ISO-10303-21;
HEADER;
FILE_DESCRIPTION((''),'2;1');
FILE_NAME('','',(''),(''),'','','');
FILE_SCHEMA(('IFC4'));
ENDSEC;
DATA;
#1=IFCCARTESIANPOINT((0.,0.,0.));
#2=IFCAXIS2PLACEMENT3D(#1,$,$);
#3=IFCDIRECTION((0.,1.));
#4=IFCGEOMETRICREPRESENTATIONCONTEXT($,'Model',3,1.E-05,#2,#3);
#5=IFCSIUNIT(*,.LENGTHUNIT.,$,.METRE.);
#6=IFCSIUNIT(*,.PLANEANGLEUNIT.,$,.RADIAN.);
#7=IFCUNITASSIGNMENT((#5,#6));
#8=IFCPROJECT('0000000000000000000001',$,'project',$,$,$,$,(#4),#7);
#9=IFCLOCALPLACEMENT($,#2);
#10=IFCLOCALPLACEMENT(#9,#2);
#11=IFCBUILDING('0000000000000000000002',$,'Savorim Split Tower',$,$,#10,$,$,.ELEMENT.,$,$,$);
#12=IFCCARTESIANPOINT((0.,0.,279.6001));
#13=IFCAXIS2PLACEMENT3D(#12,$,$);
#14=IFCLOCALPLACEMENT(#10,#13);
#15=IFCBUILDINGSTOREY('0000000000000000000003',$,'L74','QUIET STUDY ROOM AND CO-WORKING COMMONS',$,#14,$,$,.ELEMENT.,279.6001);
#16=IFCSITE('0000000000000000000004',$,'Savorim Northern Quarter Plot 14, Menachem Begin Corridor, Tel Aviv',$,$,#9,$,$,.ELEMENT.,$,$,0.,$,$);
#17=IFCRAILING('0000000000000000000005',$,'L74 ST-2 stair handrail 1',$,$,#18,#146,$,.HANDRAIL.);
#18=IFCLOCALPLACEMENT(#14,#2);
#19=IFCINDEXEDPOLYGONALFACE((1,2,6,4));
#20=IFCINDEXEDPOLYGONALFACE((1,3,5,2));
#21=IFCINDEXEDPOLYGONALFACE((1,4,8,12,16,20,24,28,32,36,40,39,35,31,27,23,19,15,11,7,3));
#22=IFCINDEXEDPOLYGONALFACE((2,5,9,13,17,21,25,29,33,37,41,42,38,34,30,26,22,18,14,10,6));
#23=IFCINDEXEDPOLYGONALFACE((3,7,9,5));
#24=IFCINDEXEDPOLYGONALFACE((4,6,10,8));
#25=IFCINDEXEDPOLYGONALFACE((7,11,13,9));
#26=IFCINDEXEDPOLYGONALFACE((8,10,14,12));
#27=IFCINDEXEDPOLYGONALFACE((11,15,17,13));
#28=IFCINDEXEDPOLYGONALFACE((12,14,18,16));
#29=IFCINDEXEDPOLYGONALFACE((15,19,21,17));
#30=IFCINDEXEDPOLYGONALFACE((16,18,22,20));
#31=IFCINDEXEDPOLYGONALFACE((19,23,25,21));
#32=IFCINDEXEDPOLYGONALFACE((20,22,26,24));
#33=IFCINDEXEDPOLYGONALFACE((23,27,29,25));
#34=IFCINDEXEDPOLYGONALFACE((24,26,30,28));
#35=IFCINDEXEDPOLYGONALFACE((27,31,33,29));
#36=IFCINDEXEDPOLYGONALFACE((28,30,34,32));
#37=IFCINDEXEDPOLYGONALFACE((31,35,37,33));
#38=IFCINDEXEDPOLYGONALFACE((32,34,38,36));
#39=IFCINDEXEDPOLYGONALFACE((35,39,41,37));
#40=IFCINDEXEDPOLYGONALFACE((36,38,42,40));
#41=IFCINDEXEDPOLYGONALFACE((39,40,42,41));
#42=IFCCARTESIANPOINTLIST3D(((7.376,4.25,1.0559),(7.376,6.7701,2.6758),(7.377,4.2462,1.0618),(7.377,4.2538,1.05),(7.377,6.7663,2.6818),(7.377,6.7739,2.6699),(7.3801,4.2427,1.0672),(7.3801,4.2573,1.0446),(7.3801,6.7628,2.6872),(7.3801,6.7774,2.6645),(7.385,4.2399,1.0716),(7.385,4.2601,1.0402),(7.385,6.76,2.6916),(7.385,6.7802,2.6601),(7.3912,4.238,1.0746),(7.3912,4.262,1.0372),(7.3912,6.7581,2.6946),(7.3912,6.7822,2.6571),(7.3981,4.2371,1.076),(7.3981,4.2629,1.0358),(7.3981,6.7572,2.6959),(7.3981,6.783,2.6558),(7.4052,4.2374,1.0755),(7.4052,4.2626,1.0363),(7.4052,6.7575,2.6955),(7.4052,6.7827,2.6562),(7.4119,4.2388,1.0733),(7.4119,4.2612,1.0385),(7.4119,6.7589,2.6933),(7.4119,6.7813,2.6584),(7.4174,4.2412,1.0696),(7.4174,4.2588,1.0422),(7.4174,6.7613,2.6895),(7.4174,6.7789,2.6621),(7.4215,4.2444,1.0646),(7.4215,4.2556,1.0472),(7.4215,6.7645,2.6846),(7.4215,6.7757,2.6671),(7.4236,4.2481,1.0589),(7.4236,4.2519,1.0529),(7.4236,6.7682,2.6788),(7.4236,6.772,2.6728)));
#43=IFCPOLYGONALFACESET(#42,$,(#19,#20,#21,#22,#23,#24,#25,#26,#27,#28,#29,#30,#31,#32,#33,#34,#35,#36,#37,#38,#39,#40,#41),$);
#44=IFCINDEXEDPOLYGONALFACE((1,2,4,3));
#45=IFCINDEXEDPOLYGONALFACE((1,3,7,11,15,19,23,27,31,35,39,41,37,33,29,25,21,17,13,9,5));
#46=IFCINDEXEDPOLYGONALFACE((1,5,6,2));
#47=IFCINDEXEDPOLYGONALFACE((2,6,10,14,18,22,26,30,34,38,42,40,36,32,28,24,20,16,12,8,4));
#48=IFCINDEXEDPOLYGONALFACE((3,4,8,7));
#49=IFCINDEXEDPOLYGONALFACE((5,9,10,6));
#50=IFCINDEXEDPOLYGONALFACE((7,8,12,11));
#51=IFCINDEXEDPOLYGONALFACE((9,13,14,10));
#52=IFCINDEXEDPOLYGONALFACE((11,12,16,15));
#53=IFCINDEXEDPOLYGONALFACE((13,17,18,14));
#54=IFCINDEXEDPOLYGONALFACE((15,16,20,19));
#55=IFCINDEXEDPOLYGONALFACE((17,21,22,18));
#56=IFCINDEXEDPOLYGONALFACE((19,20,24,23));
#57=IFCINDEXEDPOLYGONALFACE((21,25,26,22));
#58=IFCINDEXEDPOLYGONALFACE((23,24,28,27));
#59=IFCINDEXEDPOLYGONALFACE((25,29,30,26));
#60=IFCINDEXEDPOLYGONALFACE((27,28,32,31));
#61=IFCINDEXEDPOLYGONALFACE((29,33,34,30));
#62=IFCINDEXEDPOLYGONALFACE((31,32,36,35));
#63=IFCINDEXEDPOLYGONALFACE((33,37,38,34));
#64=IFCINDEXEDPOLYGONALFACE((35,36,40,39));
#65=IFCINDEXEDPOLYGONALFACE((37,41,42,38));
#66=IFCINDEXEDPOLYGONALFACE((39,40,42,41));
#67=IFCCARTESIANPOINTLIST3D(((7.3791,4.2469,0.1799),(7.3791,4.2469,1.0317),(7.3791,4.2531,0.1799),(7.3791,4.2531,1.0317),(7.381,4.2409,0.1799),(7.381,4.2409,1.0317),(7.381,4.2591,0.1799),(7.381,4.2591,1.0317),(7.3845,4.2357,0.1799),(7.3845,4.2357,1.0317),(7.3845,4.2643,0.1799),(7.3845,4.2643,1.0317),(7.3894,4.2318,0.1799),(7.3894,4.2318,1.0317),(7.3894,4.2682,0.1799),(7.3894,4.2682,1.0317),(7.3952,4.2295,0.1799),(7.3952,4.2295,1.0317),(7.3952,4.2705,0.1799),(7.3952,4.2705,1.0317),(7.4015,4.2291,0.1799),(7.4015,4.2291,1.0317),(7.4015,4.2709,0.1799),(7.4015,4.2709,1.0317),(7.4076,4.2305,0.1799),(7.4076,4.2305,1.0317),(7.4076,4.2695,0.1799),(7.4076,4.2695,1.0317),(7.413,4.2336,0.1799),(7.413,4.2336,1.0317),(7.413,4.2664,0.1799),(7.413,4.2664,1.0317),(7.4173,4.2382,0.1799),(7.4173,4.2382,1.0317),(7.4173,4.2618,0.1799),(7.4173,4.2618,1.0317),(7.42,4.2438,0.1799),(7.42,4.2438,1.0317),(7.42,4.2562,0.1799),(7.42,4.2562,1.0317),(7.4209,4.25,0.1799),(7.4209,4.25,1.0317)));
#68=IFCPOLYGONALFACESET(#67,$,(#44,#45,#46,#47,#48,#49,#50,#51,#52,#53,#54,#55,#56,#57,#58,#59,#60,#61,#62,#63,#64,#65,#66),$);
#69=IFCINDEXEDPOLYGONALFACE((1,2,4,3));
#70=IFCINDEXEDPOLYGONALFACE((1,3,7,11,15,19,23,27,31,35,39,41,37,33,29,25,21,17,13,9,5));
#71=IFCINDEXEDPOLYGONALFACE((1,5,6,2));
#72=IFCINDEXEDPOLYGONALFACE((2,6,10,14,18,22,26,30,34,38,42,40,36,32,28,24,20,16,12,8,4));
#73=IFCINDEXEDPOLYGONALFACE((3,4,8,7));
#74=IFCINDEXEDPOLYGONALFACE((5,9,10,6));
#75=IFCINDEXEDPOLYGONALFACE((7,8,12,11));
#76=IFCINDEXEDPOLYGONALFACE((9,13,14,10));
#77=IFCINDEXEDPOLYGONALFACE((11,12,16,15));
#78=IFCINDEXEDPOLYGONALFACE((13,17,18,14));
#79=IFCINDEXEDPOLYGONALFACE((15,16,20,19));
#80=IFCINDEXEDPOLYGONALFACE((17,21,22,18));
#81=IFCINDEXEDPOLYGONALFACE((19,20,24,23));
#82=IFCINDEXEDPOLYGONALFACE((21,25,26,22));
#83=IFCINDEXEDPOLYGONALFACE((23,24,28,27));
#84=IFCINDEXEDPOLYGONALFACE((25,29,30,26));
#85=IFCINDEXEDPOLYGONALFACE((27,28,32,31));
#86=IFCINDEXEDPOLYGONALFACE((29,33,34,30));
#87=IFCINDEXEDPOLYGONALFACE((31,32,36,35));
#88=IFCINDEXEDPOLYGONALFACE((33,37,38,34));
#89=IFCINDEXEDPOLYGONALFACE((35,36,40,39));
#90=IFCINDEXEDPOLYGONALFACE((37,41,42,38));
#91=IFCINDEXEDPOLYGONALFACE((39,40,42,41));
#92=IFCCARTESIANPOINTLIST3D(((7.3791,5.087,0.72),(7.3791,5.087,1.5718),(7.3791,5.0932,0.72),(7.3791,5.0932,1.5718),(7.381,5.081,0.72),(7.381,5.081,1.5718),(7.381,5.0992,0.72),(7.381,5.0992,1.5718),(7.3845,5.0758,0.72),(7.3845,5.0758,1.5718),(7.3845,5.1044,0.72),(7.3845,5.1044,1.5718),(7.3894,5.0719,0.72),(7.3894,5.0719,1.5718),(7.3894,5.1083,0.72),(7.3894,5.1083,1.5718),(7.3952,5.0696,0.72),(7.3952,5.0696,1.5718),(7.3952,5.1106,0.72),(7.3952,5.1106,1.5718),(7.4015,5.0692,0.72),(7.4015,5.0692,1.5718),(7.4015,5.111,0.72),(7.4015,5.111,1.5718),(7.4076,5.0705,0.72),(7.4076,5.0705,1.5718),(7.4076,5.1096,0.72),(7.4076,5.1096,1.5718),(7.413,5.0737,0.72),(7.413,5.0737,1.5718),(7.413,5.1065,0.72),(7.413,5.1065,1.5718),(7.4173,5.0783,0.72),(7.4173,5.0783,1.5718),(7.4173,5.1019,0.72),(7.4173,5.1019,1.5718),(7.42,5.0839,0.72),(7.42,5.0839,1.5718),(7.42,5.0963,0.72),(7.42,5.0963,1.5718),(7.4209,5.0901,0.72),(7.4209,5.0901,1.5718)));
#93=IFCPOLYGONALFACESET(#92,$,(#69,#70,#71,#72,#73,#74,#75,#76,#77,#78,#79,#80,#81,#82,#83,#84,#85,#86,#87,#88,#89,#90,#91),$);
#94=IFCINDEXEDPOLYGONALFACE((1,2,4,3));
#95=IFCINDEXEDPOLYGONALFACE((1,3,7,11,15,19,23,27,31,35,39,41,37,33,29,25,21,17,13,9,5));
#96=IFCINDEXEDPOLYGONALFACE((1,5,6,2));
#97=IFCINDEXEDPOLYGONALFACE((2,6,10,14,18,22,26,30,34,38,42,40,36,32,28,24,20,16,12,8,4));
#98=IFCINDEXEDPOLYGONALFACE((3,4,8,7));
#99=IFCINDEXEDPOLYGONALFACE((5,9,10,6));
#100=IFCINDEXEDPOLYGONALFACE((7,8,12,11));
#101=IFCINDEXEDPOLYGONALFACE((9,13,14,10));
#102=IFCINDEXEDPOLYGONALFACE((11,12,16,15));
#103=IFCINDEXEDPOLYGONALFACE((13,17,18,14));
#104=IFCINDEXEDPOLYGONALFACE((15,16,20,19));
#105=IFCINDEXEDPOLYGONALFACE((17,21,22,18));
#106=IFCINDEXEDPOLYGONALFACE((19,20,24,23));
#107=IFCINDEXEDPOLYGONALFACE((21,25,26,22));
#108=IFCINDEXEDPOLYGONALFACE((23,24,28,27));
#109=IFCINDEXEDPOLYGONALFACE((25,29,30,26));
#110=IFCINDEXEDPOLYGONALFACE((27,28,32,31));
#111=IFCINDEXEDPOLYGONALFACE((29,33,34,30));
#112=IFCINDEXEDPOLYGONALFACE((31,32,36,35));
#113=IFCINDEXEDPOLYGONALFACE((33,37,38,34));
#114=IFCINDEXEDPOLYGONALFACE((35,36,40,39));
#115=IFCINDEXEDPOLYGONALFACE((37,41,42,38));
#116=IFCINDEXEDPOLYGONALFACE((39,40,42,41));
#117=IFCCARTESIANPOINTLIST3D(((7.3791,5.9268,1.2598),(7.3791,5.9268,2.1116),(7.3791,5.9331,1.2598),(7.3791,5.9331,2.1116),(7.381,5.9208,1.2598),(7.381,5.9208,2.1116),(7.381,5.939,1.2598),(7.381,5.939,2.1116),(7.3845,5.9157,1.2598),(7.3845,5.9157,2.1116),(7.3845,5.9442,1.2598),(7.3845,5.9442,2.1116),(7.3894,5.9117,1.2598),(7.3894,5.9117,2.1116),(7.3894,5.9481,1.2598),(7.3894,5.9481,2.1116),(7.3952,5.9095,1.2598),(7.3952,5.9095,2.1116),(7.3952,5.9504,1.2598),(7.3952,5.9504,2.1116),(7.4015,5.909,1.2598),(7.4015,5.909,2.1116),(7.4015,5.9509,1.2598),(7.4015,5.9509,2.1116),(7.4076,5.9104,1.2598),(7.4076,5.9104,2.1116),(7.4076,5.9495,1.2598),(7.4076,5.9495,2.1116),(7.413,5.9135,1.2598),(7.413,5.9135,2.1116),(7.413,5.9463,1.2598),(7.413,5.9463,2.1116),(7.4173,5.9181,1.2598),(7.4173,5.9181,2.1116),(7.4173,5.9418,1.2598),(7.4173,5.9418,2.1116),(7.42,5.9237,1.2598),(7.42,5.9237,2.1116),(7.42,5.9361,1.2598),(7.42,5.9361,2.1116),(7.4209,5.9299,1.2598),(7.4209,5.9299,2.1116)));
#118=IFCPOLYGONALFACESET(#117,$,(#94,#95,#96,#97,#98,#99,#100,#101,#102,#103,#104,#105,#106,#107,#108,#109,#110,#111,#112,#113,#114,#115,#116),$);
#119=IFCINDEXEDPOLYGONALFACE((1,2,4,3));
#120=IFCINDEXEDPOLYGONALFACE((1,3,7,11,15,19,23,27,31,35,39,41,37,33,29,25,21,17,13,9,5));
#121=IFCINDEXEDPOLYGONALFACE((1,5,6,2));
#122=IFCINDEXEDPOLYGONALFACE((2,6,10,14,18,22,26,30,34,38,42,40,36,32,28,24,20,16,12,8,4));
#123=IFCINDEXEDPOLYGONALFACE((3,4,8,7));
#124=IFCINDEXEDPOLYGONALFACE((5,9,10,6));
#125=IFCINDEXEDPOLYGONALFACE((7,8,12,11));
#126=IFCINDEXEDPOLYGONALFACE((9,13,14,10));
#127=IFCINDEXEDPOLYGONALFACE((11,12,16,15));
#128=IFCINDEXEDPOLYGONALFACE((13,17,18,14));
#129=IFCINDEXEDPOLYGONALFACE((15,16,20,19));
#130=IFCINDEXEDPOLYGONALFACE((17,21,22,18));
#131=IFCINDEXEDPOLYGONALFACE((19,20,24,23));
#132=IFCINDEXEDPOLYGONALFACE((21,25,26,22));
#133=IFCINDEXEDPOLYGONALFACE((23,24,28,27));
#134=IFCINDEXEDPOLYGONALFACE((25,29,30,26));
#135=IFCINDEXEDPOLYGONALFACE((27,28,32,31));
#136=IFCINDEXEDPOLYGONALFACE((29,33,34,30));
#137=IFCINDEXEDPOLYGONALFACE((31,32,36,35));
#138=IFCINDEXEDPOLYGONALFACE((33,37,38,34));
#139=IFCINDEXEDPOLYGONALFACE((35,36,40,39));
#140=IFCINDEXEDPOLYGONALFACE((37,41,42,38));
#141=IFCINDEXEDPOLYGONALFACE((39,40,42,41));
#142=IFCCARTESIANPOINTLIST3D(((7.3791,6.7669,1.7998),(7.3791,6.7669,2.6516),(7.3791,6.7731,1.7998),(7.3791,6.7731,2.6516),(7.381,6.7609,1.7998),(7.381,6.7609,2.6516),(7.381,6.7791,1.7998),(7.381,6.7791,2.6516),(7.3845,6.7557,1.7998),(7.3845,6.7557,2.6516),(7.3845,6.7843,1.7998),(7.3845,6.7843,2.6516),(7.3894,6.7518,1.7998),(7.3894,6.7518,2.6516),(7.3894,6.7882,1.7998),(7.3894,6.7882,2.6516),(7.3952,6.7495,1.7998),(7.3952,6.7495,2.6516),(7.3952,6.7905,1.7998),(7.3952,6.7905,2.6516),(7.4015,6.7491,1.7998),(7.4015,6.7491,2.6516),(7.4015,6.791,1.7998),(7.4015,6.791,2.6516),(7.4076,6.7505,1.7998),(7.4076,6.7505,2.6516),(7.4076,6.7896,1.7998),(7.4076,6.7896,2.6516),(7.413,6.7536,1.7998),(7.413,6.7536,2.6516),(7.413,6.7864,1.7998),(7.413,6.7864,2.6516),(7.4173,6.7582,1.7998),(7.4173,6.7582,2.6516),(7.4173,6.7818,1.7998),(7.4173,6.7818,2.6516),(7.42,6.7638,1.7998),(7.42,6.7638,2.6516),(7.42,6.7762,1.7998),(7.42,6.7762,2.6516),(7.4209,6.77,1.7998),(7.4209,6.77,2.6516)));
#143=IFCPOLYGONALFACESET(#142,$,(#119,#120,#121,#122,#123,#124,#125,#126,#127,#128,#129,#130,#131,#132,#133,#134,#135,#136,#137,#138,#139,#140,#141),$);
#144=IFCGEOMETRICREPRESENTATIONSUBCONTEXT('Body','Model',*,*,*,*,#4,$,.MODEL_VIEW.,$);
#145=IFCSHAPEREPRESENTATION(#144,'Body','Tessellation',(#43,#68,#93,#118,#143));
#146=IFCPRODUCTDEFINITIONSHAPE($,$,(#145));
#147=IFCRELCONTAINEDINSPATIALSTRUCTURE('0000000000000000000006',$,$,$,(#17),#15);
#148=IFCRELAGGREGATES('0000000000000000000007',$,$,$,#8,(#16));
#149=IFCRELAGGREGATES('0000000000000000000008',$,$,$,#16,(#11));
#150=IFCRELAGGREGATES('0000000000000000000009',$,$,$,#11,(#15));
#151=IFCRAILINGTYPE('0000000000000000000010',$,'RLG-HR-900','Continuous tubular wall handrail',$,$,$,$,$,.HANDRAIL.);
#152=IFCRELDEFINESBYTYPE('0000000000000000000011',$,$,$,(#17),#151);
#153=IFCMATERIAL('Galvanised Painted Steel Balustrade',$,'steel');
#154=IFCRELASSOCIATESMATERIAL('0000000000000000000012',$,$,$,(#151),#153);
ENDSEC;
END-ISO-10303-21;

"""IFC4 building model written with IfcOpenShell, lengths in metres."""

from ifc_helpers import new_model, si_unit, direction, frame, origin, origin_2d, place, context, subcontext, project, spatial, circle, extrude, material, type_object, element, save


model = new_model("IFC4")

# Units and contexts
model_context = context("Model", 3, precision=1e-05, world=origin(), true_north=direction((0.0, 1.0)))
body_context = subcontext(model_context, "Body", "Model", "MODEL_VIEW")
ifc_project = project(units=[si_unit("LENGTHUNIT", "METRE"), si_unit("PLANEANGLEUNIT", "RADIAN")], contexts=[model_context])

# Site, building, storey
site_placement = place(None, origin())
site = spatial("IfcSite", under=ifc_project, at=site_placement, Name="Savorim Northern Quarter Plot 14, Menachem Begin Corridor, Tel Aviv", CompositionType="ELEMENT", RefElevation=0.0)
building_placement = place(site_placement, origin())
building = spatial("IfcBuilding", under=site, at=building_placement, Name="Savorim Split Tower", CompositionType="ELEMENT")
storey_placement = place(building_placement, frame((0.0, 0.0, 279.6001)))
storey = spatial("IfcBuildingStorey", under=building, at=storey_placement, Name="L74", Description="QUIET STUDY ROOM AND CO-WORKING COMMONS", CompositionType="ELEMENT", Elevation=279.6001)

# Railing
ifc_material_1 = material(Name="Galvanised Painted Steel Balustrade", Category="steel")
railing_type_1 = type_object("IfcRailingType", Name="RLG-HR-900", Description="Continuous tubular wall handrail", PredefinedType="HANDRAIL", material=ifc_material_1)
railing_1_placement = place(storey_placement, frame((7.3999, 4.25, 0.1799)))
element("IfcRailing", 1, at=railing_1_placement, inside=storey, type_object=railing_type_1, Name="L74 ST-2 stair handrail 1", PredefinedType="HANDRAIL", context=body_context, shape_type="SweptSolid", body=[
    extrude(circle(Radius=0.0239, at=origin_2d()), frame((0.0, 0.0, 0.876), z_axis=(0.0, 0.8412, 0.540725), x_axis=(-1.0, 0.0, 0.0)), (0.0, 0.0, 1.0), 2.9958),
    extrude(circle(Radius=0.021, at=origin_2d()), origin(), (0.0, 0.0, 1.0), 0.8518),
    extrude(circle(Radius=0.021, at=origin_2d()), frame((0.0, 0.8401, 0.54)), (0.0, 0.0, 1.0), 0.8518),
    extrude(circle(Radius=0.021, at=origin_2d()), frame((0.0, 1.6799, 1.0798)), (0.0, 0.0, 1.0), 0.8518),
    extrude(circle(Radius=0.021, at=origin_2d()), frame((0.0, 2.52, 1.6199)), (0.0, 0.0, 1.0), 0.8518),
])

save(model, "model.ifc")
